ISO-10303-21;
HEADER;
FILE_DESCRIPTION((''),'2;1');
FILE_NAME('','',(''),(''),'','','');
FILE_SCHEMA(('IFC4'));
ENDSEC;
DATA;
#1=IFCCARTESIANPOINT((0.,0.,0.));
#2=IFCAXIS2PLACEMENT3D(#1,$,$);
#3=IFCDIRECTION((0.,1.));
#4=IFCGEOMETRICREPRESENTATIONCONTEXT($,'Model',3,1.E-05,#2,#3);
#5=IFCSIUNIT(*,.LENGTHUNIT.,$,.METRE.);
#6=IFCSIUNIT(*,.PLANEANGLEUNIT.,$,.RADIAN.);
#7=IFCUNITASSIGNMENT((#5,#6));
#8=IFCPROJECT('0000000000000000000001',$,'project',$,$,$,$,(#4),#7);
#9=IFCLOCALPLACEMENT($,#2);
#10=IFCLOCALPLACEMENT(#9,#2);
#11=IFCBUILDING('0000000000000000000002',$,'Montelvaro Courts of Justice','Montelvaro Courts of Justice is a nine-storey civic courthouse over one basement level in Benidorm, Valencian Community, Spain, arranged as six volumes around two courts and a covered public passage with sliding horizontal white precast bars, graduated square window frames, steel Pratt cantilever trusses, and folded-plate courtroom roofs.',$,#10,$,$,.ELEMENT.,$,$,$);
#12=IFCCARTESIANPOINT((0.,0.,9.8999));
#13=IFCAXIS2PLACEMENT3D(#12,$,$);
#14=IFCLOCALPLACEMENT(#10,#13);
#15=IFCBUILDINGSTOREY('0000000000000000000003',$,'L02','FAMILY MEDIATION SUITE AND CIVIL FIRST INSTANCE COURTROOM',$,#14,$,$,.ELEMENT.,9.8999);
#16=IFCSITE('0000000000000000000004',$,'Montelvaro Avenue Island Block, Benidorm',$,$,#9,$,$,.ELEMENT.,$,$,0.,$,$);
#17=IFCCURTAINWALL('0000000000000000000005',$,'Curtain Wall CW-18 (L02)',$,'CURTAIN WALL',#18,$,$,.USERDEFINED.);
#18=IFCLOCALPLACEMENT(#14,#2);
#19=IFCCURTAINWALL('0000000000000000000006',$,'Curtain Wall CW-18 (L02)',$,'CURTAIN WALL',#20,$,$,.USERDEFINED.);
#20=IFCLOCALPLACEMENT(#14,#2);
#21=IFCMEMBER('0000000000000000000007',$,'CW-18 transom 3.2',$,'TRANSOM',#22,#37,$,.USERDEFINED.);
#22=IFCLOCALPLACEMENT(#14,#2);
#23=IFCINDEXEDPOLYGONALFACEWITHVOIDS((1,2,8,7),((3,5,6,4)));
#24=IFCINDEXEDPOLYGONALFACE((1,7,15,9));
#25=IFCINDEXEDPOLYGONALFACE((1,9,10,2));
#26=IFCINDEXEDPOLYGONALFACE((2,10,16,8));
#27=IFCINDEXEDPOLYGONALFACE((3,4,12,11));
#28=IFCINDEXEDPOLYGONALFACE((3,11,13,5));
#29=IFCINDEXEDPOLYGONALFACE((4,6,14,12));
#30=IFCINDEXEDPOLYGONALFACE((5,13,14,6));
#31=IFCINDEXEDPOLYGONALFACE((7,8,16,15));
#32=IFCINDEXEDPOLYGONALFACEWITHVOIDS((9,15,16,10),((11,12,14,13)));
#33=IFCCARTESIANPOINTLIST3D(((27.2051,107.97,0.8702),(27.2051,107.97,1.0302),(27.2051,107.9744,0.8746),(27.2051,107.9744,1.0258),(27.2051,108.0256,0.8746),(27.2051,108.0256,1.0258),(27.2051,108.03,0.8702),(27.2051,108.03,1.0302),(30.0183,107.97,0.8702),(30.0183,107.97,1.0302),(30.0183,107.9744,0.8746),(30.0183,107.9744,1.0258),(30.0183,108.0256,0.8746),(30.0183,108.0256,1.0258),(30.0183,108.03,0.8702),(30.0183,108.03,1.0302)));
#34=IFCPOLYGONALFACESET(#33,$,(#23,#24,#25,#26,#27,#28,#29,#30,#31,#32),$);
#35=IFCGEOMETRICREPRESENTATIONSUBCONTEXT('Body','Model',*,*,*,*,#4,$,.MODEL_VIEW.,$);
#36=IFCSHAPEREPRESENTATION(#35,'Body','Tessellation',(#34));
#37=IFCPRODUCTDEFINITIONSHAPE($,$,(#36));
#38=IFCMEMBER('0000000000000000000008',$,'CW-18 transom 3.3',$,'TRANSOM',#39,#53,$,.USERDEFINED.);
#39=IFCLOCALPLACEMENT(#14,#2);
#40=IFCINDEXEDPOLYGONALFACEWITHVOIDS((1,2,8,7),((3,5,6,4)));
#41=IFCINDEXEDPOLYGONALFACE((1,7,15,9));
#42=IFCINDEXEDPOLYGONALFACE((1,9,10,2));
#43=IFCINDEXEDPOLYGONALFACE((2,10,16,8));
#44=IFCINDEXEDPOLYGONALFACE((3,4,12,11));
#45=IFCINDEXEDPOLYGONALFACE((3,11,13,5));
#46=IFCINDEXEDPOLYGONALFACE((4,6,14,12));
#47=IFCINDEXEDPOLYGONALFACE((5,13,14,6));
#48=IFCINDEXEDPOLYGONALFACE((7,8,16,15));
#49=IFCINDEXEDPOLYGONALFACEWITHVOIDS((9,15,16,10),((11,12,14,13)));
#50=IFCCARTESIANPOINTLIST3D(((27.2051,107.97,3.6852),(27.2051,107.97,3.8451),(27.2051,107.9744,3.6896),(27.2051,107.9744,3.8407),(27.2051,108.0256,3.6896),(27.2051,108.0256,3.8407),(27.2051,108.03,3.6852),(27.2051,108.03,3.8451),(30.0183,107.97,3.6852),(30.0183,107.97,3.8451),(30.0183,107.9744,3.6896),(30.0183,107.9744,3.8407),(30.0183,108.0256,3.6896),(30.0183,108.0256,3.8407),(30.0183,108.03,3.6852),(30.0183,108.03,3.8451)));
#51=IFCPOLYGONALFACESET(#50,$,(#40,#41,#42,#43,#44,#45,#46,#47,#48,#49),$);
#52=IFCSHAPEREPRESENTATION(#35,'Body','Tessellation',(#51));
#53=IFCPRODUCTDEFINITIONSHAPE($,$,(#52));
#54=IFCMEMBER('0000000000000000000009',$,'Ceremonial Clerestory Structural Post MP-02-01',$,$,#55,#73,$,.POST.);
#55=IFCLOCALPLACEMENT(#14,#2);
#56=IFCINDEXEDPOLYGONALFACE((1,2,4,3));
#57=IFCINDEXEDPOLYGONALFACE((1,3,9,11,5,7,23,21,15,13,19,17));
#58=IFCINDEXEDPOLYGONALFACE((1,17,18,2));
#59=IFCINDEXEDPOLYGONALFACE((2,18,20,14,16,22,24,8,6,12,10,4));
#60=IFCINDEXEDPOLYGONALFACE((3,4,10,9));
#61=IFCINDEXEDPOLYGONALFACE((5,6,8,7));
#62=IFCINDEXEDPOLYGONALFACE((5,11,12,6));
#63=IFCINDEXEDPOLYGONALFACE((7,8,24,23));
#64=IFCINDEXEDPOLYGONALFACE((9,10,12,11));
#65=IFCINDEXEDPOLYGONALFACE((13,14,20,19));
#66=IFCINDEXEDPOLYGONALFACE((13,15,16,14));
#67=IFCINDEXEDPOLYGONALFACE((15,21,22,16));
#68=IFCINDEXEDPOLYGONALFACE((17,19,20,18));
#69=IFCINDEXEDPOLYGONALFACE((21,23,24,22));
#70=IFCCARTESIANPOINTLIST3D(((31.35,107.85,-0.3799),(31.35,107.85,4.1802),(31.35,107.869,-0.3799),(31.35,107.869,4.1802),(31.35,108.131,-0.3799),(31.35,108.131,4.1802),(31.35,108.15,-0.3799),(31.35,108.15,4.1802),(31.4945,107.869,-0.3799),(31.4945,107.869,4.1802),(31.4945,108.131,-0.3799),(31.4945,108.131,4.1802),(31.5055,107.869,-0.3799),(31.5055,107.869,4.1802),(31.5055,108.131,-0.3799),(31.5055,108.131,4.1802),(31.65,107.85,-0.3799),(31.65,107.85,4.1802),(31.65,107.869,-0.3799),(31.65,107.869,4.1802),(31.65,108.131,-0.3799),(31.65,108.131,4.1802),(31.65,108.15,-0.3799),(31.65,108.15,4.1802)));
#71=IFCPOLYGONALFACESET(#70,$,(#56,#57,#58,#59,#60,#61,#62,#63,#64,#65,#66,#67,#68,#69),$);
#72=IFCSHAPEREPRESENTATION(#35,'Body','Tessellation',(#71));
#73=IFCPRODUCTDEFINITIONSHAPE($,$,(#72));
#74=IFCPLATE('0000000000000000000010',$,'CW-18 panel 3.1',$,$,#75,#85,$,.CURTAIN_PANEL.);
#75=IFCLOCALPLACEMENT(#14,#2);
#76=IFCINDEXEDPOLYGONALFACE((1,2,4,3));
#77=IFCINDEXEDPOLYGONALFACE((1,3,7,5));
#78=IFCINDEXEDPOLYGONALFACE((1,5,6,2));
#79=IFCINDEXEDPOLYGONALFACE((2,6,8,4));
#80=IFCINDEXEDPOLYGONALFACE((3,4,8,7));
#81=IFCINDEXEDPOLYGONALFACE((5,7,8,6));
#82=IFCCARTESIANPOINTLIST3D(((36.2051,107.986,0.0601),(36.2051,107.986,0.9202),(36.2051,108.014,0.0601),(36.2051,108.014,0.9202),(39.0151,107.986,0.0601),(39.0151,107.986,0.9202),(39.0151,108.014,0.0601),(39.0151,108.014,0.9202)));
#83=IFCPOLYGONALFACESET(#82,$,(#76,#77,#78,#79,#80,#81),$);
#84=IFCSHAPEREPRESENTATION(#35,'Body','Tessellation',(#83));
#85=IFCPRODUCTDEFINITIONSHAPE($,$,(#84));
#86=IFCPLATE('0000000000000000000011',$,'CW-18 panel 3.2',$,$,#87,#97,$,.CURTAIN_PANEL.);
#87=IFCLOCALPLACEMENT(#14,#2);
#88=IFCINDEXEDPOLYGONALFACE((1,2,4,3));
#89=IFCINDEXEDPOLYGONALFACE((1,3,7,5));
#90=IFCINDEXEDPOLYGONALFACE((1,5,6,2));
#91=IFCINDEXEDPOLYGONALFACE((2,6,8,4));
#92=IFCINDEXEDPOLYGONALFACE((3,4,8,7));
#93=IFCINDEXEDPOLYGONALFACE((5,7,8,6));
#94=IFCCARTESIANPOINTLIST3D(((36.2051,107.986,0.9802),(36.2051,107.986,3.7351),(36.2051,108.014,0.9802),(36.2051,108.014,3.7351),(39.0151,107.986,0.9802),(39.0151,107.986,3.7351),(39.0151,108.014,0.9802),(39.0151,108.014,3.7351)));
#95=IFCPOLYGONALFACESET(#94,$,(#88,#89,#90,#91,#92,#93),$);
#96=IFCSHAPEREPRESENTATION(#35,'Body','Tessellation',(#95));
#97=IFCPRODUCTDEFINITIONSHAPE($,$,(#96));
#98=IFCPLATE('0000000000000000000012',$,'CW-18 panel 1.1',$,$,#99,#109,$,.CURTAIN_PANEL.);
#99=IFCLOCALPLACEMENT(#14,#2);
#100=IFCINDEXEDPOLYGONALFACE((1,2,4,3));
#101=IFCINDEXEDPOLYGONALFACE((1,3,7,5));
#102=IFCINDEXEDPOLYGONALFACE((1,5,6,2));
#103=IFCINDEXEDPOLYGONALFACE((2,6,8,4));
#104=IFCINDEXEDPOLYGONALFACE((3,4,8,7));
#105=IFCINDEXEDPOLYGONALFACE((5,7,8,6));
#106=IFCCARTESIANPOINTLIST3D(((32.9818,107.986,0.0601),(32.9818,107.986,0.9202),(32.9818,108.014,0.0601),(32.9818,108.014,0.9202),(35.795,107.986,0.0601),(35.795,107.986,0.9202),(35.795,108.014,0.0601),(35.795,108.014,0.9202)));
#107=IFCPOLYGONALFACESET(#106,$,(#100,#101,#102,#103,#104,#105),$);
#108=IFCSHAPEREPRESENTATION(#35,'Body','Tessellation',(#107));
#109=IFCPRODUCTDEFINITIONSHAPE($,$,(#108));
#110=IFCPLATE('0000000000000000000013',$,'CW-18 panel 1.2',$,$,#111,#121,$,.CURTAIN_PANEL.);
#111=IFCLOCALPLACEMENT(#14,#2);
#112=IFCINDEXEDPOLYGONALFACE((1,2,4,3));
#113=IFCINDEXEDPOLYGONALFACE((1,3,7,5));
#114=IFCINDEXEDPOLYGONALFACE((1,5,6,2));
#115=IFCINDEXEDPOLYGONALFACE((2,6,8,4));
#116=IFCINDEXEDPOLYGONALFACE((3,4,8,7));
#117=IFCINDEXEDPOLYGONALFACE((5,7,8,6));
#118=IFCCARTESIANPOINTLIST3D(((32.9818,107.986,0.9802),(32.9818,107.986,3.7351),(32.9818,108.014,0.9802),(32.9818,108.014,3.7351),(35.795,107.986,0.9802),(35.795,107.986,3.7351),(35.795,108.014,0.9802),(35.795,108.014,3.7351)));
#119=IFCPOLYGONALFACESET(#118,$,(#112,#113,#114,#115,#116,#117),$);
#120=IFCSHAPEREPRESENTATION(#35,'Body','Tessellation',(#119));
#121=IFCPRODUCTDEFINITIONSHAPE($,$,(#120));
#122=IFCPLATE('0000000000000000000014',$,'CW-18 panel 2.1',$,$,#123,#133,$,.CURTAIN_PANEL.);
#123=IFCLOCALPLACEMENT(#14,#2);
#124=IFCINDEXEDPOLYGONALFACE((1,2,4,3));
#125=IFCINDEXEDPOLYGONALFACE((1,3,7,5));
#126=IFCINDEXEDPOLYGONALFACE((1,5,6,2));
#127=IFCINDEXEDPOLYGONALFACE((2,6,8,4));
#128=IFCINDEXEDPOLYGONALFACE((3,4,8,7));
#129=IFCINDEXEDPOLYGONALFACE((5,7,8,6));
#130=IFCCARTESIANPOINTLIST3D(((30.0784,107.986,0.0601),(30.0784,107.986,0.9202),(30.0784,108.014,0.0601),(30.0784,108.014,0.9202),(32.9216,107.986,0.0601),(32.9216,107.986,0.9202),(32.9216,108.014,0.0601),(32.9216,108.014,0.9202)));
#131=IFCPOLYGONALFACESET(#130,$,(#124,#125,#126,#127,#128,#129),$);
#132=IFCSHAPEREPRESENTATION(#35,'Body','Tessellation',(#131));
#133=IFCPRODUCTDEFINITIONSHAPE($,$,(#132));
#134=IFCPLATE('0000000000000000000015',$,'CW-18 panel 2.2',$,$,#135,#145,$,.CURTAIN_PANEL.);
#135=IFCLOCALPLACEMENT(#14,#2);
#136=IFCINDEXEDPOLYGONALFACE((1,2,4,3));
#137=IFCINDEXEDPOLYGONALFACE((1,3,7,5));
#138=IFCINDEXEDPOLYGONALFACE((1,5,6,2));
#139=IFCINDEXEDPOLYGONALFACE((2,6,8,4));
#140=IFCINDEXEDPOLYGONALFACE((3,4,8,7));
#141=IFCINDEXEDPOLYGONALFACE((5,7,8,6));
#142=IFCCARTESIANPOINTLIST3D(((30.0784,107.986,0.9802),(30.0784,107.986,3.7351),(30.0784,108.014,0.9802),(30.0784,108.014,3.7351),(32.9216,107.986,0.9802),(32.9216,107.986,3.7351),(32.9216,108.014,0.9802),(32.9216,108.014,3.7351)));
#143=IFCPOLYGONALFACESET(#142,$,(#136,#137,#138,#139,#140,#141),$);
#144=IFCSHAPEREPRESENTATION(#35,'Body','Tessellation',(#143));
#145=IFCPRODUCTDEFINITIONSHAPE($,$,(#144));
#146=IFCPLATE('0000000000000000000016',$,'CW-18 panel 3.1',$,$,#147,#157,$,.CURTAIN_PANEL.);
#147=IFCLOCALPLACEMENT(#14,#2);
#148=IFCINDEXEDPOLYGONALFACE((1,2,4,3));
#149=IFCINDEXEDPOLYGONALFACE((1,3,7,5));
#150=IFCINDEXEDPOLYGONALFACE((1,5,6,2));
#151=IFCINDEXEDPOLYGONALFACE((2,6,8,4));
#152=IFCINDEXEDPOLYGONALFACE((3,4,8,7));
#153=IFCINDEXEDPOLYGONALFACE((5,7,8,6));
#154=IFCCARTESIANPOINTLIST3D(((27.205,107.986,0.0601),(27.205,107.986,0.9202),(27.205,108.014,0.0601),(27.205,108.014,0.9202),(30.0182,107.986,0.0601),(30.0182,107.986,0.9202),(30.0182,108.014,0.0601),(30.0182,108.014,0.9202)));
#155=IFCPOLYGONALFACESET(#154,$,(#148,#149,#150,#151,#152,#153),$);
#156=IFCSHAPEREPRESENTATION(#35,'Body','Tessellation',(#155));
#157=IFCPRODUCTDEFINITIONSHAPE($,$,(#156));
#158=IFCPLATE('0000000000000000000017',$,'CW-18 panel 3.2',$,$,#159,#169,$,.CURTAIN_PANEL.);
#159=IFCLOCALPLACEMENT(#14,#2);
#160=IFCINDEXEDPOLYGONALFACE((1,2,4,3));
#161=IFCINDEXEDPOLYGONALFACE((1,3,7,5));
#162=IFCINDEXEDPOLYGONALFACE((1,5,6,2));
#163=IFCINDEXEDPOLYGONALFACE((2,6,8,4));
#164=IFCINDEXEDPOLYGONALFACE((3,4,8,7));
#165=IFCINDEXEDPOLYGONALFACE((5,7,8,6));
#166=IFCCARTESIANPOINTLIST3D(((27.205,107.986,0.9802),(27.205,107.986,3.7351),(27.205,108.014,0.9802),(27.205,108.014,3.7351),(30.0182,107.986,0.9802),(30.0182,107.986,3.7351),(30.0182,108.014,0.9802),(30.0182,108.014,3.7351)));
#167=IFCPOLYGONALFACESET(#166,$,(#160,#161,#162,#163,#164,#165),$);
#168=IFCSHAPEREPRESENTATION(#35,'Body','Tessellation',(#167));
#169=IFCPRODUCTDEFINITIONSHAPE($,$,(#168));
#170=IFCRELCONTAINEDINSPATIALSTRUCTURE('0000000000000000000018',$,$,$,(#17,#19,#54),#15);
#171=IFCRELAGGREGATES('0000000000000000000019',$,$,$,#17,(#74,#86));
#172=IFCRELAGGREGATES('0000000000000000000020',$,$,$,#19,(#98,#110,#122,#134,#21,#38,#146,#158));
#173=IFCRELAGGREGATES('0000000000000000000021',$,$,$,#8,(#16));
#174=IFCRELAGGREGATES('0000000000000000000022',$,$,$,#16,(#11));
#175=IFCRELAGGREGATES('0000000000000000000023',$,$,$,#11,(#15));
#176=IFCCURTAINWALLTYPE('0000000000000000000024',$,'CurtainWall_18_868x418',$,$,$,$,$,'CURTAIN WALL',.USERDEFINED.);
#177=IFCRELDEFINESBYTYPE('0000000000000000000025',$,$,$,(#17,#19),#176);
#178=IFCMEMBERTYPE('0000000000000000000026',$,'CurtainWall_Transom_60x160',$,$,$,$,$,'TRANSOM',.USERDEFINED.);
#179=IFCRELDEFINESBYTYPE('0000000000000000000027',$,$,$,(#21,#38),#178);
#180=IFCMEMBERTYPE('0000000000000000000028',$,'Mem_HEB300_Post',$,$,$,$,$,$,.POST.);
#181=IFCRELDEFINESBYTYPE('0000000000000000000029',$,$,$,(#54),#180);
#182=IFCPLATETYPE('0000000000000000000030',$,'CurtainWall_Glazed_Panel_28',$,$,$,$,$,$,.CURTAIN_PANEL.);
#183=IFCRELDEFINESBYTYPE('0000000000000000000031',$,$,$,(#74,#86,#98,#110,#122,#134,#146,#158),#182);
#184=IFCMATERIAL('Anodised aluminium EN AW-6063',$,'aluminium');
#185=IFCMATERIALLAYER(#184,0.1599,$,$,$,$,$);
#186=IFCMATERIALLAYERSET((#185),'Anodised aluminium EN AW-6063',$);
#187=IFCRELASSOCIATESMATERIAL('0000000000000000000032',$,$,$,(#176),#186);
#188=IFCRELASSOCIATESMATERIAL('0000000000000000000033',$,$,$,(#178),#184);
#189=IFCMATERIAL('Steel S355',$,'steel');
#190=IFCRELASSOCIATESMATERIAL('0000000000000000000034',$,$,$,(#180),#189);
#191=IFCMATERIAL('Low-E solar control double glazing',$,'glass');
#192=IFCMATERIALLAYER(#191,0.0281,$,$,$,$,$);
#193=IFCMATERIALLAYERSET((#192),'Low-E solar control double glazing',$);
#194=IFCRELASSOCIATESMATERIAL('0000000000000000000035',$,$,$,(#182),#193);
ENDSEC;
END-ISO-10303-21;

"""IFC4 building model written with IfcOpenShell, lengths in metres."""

from ifc_helpers import new_model, si_unit, direction, frame, origin, origin_2d, place, context, subcontext, project, spatial, rectangle, hollow_rectangle, i_section, extrude, material, layer, layer_set, material_profile, profile_set, type_object, element, aggregate, save


model = new_model("IFC4")

# Units and contexts
model_context = context("Model", 3, precision=1e-05, world=origin(), true_north=direction((0.0, 1.0)))
body_context = subcontext(model_context, "Body", "Model", "MODEL_VIEW")
ifc_project = project(units=[si_unit("LENGTHUNIT", "METRE"), si_unit("PLANEANGLEUNIT", "RADIAN")], contexts=[model_context])

# Site, building, storey
site_placement = place(None, origin())
site = spatial("IfcSite", under=ifc_project, at=site_placement, Name="Montelvaro Avenue Island Block, Benidorm", CompositionType="ELEMENT", RefElevation=0.0)
building_placement = place(site_placement, origin())
building = spatial("IfcBuilding", under=site, at=building_placement, Name="Montelvaro Courts of Justice", Description="Montelvaro Courts of Justice is a nine-storey civic courthouse over one basement level in Benidorm, Valencian Community, Spain, arranged as six volumes around two courts and a covered public passage with sliding horizontal white precast bars, graduated square window frames, steel Pratt cantilever trusses, and folded-plate courtroom roofs.", CompositionType="ELEMENT")
storey_placement = place(building_placement, frame((0.0, 0.0, 9.8999)))
storey = spatial("IfcBuildingStorey", under=building, at=storey_placement, Name="L02", Description="FAMILY MEDIATION SUITE AND CIVIL FIRST INSTANCE COURTROOM", CompositionType="ELEMENT", Elevation=9.8999)

# Shared definitions
ifc_material_1 = material(Name="Steel S355", Category="steel")

# Curtain wall
ifc_material_2 = material(Name="Anodised aluminium EN AW-6063", Category="aluminium")
ifc_layer_1 = layer(ifc_material_2, 0.1599)
ifc_layer_set_1 = layer_set([ifc_layer_1], Name="Anodised aluminium EN AW-6063")
curtain_wall_type = type_object("IfcCurtainWallType", Name="CurtainWall_18_868x418", ElementType="CURTAIN WALL", PredefinedType="USERDEFINED", material=ifc_layer_set_1)
curtain_wall_1_placement = place(storey_placement, origin())
curtain_wall_1 = element("IfcCurtainWall", 1, at=curtain_wall_1_placement, inside=storey, type_object=curtain_wall_type, Name="Curtain Wall CW-18 (L02)", ObjectType="CURTAIN WALL", PredefinedType="USERDEFINED")

# Curtain wall, members
curtain_wall_2_placement = place(storey_placement, origin())
curtain_wall_2 = element("IfcCurtainWall", 2, at=curtain_wall_2_placement, inside=storey, type_object=curtain_wall_type, Name="Curtain Wall CW-18 (L02)", ObjectType="CURTAIN WALL", PredefinedType="USERDEFINED")
ifc_material_profile_1 = material_profile(ifc_material_2, hollow_rectangle(XDim=0.0601, YDim=0.1599, WallThickness=0.0044, at=origin_2d()), Name="ALU-T 60x160")
ifc_profile_set_1 = profile_set([ifc_material_profile_1], Name="Anodised aluminium EN AW-6063")
member_type_1 = type_object("IfcMemberType", Name="CurtainWall_Transom_60x160", ElementType="TRANSOM", PredefinedType="USERDEFINED", material=ifc_profile_set_1)
member_1_placement = place(storey_placement, frame((30.0183, 108.0, 0.9502), z_axis=(-1.0, 0.0, 0.0), x_axis=(0.0, -1.0, 0.0)))
member_1 = element("IfcMember", 3, at=member_1_placement, type_object=member_type_1, Name="CW-18 transom 3.2", ObjectType="TRANSOM", PredefinedType="USERDEFINED", context=body_context, shape_type="SweptSolid", body=[
    extrude(hollow_rectangle(XDim=0.0601, YDim=0.1599, WallThickness=0.0044, at=origin_2d()), origin(), (0.0, 0.0, 1.0), 2.8132),
])
member_2_placement = place(storey_placement, frame((30.0183, 108.0, 3.7651), z_axis=(-1.0, 0.0, 0.0), x_axis=(0.0, -1.0, 0.0)))
member_2 = element("IfcMember", 4, at=member_2_placement, type_object=member_type_1, Name="CW-18 transom 3.3", ObjectType="TRANSOM", PredefinedType="USERDEFINED", context=body_context, shape_type="SweptSolid", body=[
    extrude(hollow_rectangle(XDim=0.0601, YDim=0.1599, WallThickness=0.0044, at=origin_2d()), origin(), (0.0, 0.0, 1.0), 2.8132),
])

# Member
ifc_material_profile_2 = material_profile(ifc_material_1, i_section(OverallWidth=0.3, OverallDepth=0.3, WebThickness=0.011, FlangeThickness=0.019, at=origin_2d()), Name="HEB 300")
ifc_profile_set_2 = profile_set([ifc_material_profile_2], Name="Steel S355")
member_type_2 = type_object("IfcMemberType", Name="Mem_HEB300_Post", PredefinedType="POST", material=ifc_profile_set_2)
member_3_placement = place(storey_placement, frame((31.5, 108.0, -0.3799), z_axis=(0.0, 0.0, 1.0), x_axis=(1.0, 0.0, 0.0)))
element("IfcMember", 5, at=member_3_placement, inside=storey, type_object=member_type_2, Name="Ceremonial Clerestory Structural Post MP-02-01", PredefinedType="POST", context=body_context, shape_type="SweptSolid", body=[
    extrude(i_section(OverallWidth=0.3, OverallDepth=0.3, WebThickness=0.011, FlangeThickness=0.019, at=origin_2d()), origin(), (0.0, 0.0, 1.0), 4.5601),
])

# Plates
ifc_material_3 = material(Name="Low-E solar control double glazing", Category="glass")
ifc_layer_2 = layer(ifc_material_3, 0.0281)
ifc_layer_set_2 = layer_set([ifc_layer_2], Name="Low-E solar control double glazing")
plate_type = type_object("IfcPlateType", Name="CurtainWall_Glazed_Panel_28", PredefinedType="CURTAIN_PANEL", material=ifc_layer_set_2)
plate_1_placement = place(storey_placement, frame((37.6101, 108.0, 0.0601), z_axis=(0.0, 0.0, 1.0), x_axis=(-1.0, 0.0, 0.0)))
plate_1 = element("IfcPlate", 6, at=plate_1_placement, type_object=plate_type, Name="CW-18 panel 3.1", PredefinedType="CURTAIN_PANEL", context=body_context, shape_type="SweptSolid", body=[
    extrude(rectangle(XDim=2.8101, YDim=0.0281, at=origin_2d()), origin(), (0.0, 0.0, 1.0), 0.8601),
])
plate_2_placement = place(storey_placement, frame((37.6101, 108.0, 0.9802), z_axis=(0.0, 0.0, 1.0), x_axis=(-1.0, 0.0, 0.0)))
plate_2 = element("IfcPlate", 7, at=plate_2_placement, type_object=plate_type, Name="CW-18 panel 3.2", PredefinedType="CURTAIN_PANEL", context=body_context, shape_type="SweptSolid", body=[
    extrude(rectangle(XDim=2.8101, YDim=0.0281, at=origin_2d()), origin(), (0.0, 0.0, 1.0), 2.7549),
])
aggregate(curtain_wall_1, [plate_1, plate_2])
plate_3_placement = place(storey_placement, frame((34.3884, 108.0, 0.0601), z_axis=(0.0, 0.0, 1.0), x_axis=(-1.0, 0.0, 0.0)))
plate_3 = element("IfcPlate", 8, at=plate_3_placement, type_object=plate_type, Name="CW-18 panel 1.1", PredefinedType="CURTAIN_PANEL", context=body_context, shape_type="SweptSolid", body=[
    extrude(rectangle(XDim=2.8132, YDim=0.0281, at=origin_2d()), origin(), (0.0, 0.0, 1.0), 0.8601),
])
plate_4_placement = place(storey_placement, frame((34.3884, 108.0, 0.9802), z_axis=(0.0, 0.0, 1.0), x_axis=(-1.0, 0.0, 0.0)))
plate_4 = element("IfcPlate", 9, at=plate_4_placement, type_object=plate_type, Name="CW-18 panel 1.2", PredefinedType="CURTAIN_PANEL", context=body_context, shape_type="SweptSolid", body=[
    extrude(rectangle(XDim=2.8132, YDim=0.0281, at=origin_2d()), origin(), (0.0, 0.0, 1.0), 2.7549),
])
plate_5_placement = place(storey_placement, frame((31.5, 108.0, 0.0601), z_axis=(0.0, 0.0, 1.0), x_axis=(-1.0, 0.0, 0.0)))
plate_5 = element("IfcPlate", 10, at=plate_5_placement, type_object=plate_type, Name="CW-18 panel 2.1", PredefinedType="CURTAIN_PANEL", context=body_context, shape_type="SweptSolid", body=[
    extrude(rectangle(XDim=2.8433, YDim=0.0281, at=origin_2d()), origin(), (0.0, 0.0, 1.0), 0.8601),
])
plate_6_placement = place(storey_placement, frame((31.5, 108.0, 0.9802), z_axis=(0.0, 0.0, 1.0), x_axis=(-1.0, 0.0, 0.0)))
plate_6 = element("IfcPlate", 11, at=plate_6_placement, type_object=plate_type, Name="CW-18 panel 2.2", PredefinedType="CURTAIN_PANEL", context=body_context, shape_type="SweptSolid", body=[
    extrude(rectangle(XDim=2.8433, YDim=0.0281, at=origin_2d()), origin(), (0.0, 0.0, 1.0), 2.7549),
])
plate_7_placement = place(storey_placement, frame((28.6116, 108.0, 0.0601), z_axis=(0.0, 0.0, 1.0), x_axis=(-1.0, 0.0, 0.0)))
plate_7 = element("IfcPlate", 12, at=plate_7_placement, type_object=plate_type, Name="CW-18 panel 3.1", PredefinedType="CURTAIN_PANEL", context=body_context, shape_type="SweptSolid", body=[
    extrude(rectangle(XDim=2.8132, YDim=0.0281, at=origin_2d()), origin(), (0.0, 0.0, 1.0), 0.8601),
])
plate_8_placement = place(storey_placement, frame((28.6116, 108.0, 0.9802), z_axis=(0.0, 0.0, 1.0), x_axis=(-1.0, 0.0, 0.0)))
plate_8 = element("IfcPlate", 13, at=plate_8_placement, type_object=plate_type, Name="CW-18 panel 3.2", PredefinedType="CURTAIN_PANEL", context=body_context, shape_type="SweptSolid", body=[
    extrude(rectangle(XDim=2.8132, YDim=0.0281, at=origin_2d()), origin(), (0.0, 0.0, 1.0), 2.7549),
])
aggregate(curtain_wall_2, [plate_3, plate_4, plate_5, plate_6, member_1, member_2, plate_7, plate_8])

save(model, "model.ifc")
